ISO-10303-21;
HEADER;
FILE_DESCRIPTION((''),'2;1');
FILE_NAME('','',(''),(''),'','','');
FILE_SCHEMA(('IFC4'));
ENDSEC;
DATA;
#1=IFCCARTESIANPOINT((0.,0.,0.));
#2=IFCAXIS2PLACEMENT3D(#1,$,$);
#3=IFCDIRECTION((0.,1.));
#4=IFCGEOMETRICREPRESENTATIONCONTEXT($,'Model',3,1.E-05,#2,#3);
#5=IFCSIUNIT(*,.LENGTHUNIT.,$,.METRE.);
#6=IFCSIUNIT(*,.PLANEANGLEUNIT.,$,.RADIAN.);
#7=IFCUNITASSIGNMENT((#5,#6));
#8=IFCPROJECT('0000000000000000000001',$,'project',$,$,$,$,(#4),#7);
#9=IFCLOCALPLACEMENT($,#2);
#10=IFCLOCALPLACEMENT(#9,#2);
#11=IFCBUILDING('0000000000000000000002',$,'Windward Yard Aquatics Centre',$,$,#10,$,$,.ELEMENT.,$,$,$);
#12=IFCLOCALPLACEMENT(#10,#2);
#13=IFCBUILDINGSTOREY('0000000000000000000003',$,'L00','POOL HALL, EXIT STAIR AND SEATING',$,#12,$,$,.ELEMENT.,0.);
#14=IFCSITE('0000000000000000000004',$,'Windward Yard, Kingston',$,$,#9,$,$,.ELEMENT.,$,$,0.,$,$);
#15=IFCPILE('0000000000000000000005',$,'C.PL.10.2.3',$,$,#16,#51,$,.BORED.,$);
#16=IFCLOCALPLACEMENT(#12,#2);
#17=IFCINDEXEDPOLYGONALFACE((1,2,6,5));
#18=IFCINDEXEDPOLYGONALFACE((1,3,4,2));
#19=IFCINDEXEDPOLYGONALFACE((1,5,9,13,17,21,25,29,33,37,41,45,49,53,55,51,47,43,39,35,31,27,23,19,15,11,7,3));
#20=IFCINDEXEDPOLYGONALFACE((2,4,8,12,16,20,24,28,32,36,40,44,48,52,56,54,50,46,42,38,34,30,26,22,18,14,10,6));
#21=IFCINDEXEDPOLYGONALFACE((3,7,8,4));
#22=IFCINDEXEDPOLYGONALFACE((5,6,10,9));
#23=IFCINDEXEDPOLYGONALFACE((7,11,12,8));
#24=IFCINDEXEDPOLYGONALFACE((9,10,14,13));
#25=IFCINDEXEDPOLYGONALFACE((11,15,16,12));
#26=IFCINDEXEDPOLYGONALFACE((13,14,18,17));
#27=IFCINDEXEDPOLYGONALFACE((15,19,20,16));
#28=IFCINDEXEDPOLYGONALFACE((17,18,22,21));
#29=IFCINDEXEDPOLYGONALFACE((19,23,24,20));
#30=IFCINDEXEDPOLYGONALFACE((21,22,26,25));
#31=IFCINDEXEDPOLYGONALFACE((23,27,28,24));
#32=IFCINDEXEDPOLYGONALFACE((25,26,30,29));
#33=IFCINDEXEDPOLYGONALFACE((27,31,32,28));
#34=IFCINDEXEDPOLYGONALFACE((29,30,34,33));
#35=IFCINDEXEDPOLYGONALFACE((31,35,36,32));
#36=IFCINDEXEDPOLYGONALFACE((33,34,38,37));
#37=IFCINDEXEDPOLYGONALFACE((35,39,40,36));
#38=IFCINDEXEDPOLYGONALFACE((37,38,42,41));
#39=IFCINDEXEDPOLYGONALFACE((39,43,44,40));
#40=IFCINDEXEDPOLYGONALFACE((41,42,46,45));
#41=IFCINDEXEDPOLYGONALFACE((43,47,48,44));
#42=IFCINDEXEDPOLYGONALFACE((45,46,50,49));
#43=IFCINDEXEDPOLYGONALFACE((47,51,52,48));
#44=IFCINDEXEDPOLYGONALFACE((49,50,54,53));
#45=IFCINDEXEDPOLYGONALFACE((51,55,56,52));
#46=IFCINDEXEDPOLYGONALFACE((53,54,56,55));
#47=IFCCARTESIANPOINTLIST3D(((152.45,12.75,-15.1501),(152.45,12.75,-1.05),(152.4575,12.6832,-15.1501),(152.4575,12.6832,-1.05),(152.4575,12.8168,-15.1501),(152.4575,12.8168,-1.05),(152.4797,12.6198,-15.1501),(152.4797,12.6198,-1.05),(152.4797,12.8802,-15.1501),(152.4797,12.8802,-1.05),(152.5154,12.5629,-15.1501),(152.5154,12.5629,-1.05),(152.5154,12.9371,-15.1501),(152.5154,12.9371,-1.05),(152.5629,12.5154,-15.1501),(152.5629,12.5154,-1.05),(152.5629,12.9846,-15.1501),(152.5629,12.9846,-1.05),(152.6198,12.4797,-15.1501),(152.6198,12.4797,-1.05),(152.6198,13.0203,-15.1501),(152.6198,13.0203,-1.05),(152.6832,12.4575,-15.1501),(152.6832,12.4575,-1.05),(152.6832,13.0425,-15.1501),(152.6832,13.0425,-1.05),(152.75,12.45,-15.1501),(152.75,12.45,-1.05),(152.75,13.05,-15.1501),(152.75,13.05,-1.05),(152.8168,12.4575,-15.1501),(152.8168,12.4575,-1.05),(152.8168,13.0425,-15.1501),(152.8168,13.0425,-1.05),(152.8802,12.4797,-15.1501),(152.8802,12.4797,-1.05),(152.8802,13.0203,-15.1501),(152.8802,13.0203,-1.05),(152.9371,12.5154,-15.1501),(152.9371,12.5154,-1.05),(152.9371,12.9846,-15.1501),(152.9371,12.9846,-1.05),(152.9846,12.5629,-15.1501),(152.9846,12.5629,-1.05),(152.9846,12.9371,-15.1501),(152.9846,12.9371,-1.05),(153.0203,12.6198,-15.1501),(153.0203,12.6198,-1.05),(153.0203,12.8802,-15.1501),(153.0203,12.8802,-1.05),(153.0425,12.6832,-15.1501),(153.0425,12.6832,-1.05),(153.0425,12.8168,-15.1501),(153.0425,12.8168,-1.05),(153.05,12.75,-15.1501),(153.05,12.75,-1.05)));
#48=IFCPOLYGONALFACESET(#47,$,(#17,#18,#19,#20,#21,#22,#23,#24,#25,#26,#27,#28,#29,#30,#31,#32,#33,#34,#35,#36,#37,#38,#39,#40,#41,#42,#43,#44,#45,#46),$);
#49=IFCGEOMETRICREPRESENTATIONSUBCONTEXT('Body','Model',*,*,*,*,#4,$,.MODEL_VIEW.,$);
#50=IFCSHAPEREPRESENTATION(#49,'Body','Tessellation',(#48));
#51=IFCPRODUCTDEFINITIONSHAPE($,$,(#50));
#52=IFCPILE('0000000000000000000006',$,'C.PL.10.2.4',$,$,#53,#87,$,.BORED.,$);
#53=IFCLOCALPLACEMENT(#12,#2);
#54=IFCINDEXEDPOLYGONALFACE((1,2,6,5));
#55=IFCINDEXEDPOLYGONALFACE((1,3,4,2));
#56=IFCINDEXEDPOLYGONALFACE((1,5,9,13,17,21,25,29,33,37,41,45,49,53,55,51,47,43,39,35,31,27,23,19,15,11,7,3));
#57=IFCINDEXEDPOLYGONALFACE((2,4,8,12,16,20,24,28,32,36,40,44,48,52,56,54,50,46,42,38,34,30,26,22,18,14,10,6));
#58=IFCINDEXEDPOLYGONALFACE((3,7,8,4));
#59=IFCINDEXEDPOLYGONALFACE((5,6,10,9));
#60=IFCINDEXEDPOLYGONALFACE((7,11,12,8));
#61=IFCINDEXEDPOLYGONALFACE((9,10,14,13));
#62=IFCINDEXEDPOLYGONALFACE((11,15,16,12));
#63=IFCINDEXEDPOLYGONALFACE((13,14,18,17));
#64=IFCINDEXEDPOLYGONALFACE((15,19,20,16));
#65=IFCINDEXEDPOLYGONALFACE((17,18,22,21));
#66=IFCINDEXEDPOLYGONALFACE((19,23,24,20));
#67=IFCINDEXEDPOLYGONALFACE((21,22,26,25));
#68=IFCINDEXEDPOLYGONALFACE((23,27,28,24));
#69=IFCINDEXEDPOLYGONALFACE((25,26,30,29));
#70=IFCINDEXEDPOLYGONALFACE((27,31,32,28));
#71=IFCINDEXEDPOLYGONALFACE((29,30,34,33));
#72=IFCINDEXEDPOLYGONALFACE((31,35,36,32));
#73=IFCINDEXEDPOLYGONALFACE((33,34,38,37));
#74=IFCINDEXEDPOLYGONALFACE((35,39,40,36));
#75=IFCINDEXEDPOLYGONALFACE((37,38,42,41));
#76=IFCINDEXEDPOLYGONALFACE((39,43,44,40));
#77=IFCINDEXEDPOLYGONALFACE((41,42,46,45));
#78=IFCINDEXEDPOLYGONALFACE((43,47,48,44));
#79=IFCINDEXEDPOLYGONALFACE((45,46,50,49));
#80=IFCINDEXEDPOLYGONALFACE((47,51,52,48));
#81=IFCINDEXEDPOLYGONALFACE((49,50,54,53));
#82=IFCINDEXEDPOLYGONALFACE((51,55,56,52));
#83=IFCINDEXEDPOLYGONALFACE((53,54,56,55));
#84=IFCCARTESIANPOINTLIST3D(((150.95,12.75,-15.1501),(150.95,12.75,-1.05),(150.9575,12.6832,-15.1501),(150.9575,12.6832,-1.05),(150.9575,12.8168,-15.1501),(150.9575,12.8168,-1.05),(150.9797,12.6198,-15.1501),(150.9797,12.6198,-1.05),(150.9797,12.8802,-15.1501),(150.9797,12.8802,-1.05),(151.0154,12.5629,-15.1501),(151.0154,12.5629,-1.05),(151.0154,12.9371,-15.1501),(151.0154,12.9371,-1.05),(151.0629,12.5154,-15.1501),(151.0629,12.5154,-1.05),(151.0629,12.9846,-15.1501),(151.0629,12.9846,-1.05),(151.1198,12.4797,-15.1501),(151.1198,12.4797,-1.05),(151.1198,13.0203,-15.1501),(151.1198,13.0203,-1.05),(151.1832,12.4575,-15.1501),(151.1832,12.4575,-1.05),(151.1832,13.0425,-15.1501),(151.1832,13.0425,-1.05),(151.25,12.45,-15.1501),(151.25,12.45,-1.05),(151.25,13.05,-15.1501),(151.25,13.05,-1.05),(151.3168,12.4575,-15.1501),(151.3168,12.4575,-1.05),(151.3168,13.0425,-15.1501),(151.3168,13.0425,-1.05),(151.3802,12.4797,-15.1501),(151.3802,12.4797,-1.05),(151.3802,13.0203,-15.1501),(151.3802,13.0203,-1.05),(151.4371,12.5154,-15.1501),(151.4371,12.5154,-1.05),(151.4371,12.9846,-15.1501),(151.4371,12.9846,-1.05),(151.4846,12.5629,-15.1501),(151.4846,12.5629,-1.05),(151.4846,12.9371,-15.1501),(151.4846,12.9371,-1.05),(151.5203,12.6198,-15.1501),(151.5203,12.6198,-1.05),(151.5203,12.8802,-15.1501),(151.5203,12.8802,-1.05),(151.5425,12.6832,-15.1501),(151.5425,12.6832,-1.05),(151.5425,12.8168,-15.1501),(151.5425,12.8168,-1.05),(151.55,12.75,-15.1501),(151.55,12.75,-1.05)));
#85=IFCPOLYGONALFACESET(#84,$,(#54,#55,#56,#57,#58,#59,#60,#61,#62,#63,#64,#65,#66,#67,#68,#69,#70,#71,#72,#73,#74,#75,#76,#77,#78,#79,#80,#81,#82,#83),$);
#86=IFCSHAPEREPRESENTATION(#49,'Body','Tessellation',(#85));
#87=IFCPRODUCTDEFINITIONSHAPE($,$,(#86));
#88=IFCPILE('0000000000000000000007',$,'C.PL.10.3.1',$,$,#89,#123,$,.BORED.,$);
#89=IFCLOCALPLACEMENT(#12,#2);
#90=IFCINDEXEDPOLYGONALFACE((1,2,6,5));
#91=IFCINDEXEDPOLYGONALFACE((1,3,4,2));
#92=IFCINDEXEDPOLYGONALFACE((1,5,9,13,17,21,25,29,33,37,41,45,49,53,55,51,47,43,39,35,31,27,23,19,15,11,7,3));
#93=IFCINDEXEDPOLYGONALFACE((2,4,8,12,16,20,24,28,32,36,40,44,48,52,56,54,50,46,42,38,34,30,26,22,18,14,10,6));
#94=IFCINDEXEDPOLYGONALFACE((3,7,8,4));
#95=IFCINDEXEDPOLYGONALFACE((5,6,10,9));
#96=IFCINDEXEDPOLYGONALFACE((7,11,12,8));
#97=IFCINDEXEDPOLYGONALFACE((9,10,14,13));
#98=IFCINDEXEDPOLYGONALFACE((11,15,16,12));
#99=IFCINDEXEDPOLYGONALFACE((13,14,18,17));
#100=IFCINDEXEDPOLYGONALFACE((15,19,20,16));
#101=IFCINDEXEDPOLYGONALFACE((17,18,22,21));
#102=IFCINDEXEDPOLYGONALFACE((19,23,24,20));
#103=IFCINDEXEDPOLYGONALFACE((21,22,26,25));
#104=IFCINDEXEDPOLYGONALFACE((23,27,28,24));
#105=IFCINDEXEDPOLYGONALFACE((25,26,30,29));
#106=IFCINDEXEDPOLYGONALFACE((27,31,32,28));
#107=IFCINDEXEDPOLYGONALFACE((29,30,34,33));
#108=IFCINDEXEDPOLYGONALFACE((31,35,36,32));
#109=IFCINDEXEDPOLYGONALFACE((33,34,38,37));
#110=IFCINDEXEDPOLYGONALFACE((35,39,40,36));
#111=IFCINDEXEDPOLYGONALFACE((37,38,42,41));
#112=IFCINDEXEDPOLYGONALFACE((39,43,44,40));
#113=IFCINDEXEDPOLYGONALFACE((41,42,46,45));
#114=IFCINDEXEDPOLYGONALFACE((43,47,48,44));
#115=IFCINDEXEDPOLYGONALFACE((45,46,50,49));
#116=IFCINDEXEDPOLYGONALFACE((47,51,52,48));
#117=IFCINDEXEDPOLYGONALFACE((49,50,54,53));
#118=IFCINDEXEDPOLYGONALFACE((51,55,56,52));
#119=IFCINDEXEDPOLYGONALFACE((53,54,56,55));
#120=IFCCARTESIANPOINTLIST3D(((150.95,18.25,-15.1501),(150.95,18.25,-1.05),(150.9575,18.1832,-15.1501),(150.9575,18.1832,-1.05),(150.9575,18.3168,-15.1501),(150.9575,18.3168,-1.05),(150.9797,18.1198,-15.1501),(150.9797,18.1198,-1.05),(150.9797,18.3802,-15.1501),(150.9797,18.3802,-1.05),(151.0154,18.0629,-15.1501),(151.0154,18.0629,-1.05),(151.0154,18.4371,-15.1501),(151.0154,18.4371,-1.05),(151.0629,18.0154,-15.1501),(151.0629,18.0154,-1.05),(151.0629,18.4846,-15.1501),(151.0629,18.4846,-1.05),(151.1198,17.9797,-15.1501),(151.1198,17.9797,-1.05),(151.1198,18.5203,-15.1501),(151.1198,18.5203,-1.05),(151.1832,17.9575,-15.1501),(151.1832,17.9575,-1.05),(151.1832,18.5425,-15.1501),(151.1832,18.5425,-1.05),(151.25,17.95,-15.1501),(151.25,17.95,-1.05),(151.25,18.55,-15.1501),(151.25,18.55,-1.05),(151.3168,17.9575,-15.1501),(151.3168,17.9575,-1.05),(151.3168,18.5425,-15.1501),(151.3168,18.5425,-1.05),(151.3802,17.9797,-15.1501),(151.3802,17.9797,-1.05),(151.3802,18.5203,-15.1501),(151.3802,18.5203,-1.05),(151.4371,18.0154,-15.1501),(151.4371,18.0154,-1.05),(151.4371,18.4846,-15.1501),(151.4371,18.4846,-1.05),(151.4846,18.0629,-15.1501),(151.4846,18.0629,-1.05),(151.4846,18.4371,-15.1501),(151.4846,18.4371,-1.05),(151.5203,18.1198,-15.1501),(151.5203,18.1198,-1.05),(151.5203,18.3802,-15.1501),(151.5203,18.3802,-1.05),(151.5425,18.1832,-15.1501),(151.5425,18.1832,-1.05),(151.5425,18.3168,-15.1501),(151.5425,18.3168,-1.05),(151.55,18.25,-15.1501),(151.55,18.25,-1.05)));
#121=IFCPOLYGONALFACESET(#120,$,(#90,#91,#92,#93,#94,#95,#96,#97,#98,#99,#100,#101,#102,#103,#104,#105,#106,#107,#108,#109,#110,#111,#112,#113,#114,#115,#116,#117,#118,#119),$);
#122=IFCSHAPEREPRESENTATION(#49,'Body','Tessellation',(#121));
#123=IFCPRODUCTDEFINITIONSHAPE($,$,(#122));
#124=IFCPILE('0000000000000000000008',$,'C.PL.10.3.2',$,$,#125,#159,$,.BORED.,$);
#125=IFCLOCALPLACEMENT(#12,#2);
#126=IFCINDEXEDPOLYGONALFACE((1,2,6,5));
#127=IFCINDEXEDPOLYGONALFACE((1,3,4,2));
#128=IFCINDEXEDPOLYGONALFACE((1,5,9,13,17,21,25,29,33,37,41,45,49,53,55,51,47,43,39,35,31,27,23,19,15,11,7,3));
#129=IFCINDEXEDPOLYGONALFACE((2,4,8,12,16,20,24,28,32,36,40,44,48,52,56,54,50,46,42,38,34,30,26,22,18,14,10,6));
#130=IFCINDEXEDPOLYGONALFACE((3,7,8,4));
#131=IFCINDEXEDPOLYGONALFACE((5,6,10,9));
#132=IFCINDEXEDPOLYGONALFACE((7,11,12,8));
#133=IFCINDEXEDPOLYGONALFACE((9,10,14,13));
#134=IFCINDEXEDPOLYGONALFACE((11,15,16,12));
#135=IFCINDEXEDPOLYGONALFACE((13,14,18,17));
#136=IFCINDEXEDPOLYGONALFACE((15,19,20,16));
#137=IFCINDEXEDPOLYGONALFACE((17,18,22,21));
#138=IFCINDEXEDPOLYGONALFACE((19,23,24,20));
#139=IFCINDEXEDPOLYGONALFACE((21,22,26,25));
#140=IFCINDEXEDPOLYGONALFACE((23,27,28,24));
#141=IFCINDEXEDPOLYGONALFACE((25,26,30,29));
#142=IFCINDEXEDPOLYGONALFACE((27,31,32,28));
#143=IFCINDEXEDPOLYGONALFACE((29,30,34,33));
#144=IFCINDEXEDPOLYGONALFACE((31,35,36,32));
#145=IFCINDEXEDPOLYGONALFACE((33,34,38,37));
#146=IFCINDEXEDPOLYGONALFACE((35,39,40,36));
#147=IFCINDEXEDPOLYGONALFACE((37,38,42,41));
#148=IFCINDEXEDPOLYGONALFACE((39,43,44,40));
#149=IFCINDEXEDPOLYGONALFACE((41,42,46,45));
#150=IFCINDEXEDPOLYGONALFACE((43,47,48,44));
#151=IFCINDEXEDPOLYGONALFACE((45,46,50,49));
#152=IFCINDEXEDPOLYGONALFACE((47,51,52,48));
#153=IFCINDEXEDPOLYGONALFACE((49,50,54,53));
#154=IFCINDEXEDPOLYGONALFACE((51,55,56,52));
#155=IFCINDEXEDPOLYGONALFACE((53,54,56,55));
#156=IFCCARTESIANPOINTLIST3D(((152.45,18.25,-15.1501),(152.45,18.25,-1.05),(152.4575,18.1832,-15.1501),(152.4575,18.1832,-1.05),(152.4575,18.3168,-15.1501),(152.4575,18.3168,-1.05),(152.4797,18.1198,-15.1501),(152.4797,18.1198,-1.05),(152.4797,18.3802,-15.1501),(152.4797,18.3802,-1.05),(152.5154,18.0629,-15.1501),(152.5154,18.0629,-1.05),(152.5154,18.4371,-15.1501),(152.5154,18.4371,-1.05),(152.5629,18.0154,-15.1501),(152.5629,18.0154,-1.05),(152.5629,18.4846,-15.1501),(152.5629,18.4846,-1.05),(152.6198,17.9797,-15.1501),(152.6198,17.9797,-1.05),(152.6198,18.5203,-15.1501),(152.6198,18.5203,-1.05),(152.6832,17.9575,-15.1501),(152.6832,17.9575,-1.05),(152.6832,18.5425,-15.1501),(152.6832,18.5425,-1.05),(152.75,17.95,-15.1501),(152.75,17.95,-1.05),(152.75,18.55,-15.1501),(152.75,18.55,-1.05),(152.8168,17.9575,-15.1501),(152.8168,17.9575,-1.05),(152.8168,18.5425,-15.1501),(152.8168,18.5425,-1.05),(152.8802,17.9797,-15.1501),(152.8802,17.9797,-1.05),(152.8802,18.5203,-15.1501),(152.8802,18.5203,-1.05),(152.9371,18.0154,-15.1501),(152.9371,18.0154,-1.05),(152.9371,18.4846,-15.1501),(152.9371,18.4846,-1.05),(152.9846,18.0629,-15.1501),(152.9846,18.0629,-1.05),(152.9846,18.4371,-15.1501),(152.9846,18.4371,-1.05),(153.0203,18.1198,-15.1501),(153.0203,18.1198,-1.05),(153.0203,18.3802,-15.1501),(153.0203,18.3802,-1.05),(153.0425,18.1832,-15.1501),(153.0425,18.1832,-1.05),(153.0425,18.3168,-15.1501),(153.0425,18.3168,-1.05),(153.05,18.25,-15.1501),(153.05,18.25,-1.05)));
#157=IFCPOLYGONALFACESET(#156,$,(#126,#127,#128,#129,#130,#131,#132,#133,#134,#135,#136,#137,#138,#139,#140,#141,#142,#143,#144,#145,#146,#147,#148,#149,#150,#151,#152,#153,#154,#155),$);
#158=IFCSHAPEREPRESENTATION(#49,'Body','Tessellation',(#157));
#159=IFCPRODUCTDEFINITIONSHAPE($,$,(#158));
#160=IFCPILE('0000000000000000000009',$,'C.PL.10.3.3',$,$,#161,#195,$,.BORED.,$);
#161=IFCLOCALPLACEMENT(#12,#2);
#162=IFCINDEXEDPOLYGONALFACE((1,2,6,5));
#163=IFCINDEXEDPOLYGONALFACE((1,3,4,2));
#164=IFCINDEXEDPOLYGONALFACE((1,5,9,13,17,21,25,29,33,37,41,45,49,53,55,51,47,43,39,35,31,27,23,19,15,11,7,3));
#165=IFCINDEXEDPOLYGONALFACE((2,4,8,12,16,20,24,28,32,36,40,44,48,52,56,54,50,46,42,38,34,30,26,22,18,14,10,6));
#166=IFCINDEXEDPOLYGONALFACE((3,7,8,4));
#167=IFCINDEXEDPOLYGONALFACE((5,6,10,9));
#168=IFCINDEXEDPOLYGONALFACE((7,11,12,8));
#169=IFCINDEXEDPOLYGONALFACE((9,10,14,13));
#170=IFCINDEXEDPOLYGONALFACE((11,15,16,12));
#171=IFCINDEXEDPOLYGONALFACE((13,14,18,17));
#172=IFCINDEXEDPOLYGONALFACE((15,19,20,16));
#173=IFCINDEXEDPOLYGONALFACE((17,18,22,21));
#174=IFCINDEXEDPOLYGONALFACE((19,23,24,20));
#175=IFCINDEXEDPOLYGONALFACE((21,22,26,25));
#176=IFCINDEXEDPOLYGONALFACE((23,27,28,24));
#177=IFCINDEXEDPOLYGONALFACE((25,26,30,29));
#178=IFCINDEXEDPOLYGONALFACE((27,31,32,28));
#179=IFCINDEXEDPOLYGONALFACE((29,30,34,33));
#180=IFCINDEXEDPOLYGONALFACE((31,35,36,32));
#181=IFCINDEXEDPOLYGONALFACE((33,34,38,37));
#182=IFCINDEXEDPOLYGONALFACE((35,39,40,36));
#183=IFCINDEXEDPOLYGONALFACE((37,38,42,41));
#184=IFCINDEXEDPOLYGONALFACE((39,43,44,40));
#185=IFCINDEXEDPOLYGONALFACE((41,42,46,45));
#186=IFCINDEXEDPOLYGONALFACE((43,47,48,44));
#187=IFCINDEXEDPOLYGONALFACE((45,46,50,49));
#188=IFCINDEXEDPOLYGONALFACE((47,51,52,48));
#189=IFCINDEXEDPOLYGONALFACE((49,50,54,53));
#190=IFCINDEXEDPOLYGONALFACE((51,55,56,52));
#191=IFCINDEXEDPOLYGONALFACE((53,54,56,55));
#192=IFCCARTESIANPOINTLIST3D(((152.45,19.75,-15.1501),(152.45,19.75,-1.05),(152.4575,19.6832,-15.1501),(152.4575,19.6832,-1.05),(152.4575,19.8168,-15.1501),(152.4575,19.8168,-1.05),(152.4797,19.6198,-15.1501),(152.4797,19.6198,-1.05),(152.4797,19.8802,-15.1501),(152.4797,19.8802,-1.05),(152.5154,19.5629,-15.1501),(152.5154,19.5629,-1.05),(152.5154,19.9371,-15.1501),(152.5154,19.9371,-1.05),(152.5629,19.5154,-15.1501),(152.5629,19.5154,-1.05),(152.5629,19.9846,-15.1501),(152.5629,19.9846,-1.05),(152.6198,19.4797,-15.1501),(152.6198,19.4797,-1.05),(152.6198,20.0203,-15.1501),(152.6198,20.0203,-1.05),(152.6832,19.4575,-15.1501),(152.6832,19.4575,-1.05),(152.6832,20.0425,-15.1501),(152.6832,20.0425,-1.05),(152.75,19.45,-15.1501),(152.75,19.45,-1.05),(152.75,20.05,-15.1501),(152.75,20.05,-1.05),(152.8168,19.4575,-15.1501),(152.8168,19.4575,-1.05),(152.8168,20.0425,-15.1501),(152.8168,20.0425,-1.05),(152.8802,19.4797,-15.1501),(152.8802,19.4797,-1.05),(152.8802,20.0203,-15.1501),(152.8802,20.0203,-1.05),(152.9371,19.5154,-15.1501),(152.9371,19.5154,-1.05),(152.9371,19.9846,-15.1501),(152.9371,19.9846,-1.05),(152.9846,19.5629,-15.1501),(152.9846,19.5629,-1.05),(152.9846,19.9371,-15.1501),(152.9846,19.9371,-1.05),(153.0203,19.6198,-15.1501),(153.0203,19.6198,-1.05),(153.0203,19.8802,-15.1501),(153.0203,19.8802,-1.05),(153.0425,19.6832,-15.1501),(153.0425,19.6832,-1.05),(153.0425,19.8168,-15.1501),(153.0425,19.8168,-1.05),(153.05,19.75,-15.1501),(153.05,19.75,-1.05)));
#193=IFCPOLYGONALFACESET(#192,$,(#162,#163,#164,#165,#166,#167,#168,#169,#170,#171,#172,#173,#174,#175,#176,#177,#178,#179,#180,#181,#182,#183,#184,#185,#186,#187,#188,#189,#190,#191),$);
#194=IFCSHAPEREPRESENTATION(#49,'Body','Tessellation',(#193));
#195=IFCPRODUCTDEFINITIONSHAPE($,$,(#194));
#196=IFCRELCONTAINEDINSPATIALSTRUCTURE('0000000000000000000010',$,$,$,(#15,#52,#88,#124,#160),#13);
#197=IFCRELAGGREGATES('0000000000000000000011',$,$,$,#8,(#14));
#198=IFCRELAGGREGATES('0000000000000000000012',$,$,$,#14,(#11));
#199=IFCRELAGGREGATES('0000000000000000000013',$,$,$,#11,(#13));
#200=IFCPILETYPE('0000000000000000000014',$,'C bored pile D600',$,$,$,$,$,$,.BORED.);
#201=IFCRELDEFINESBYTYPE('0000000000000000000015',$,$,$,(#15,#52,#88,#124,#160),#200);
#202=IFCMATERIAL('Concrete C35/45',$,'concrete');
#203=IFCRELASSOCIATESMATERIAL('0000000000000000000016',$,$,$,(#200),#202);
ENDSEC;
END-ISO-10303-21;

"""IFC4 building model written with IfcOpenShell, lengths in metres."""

from ifc_helpers import new_model, si_unit, direction, frame, origin, origin_2d, place, context, subcontext, project, spatial, circle, extrude, material, material_profile, profile_set, type_object, element, save


model = new_model("IFC4")

# Units and contexts
model_context = context("Model", 3, precision=1e-05, world=origin(), true_north=direction((0.0, 1.0)))
body_context = subcontext(model_context, "Body", "Model", "MODEL_VIEW")
ifc_project = project(units=[si_unit("LENGTHUNIT", "METRE"), si_unit("PLANEANGLEUNIT", "RADIAN")], contexts=[model_context])

# Site, building, storey
site_placement = place(None, origin())
site = spatial("IfcSite", under=ifc_project, at=site_placement, Name="Windward Yard, Kingston", CompositionType="ELEMENT", RefElevation=0.0)
building_placement = place(site_placement, origin())
building = spatial("IfcBuilding", under=site, at=building_placement, Name="Windward Yard Aquatics Centre", CompositionType="ELEMENT")
storey_placement = place(building_placement, origin())
storey = spatial("IfcBuildingStorey", under=building, at=storey_placement, Name="L00", Description="POOL HALL, EXIT STAIR AND SEATING", CompositionType="ELEMENT", Elevation=0.0)

# Piles
ifc_material_1 = material(Name="Concrete C35/45", Category="concrete")
ifc_material_profile_1 = material_profile(ifc_material_1, circle(Radius=0.3, at=origin_2d()), Name="RC D600")
ifc_profile_set_1 = profile_set([ifc_material_profile_1], Name="Concrete C35/45")
pile_type = type_object("IfcPileType", Name="C bored pile D600", PredefinedType="BORED", material=ifc_profile_set_1)
for number, where, z_axis, x_axis, name in (
    (1, (152.75, 12.75, -1.05), (0.0, 0.0, -1.0), (1.0, 0.0, 0.0), "C.PL.10.2.3"),
    (2, (151.25, 12.75, -1.05), (0.0, 0.0, -1.0), (1.0, 0.0, 0.0), "C.PL.10.2.4"),
    (3, (151.25, 18.25, -1.05), (0.0, 0.0, -1.0), (1.0, 0.0, 0.0), "C.PL.10.3.1"),
    (4, (152.75, 18.25, -1.05), (0.0, 0.0, -1.0), (1.0, 0.0, 0.0), "C.PL.10.3.2"),
    (5, (152.75, 19.75, -1.05), (0.0, 0.0, -1.0), (1.0, 0.0, 0.0), "C.PL.10.3.3"),
):
    element("IfcPile", number, at=place(storey_placement, frame(where, z_axis=z_axis, x_axis=x_axis)), inside=storey, type_object=pile_type, Name=name, PredefinedType="BORED", context=body_context, shape_type="SweptSolid", body=[
        extrude(circle(Radius=0.3, at=origin_2d()), origin(), (0.0, 0.0, 1.0), 14.1001),
    ])

save(model, "model.ifc")
